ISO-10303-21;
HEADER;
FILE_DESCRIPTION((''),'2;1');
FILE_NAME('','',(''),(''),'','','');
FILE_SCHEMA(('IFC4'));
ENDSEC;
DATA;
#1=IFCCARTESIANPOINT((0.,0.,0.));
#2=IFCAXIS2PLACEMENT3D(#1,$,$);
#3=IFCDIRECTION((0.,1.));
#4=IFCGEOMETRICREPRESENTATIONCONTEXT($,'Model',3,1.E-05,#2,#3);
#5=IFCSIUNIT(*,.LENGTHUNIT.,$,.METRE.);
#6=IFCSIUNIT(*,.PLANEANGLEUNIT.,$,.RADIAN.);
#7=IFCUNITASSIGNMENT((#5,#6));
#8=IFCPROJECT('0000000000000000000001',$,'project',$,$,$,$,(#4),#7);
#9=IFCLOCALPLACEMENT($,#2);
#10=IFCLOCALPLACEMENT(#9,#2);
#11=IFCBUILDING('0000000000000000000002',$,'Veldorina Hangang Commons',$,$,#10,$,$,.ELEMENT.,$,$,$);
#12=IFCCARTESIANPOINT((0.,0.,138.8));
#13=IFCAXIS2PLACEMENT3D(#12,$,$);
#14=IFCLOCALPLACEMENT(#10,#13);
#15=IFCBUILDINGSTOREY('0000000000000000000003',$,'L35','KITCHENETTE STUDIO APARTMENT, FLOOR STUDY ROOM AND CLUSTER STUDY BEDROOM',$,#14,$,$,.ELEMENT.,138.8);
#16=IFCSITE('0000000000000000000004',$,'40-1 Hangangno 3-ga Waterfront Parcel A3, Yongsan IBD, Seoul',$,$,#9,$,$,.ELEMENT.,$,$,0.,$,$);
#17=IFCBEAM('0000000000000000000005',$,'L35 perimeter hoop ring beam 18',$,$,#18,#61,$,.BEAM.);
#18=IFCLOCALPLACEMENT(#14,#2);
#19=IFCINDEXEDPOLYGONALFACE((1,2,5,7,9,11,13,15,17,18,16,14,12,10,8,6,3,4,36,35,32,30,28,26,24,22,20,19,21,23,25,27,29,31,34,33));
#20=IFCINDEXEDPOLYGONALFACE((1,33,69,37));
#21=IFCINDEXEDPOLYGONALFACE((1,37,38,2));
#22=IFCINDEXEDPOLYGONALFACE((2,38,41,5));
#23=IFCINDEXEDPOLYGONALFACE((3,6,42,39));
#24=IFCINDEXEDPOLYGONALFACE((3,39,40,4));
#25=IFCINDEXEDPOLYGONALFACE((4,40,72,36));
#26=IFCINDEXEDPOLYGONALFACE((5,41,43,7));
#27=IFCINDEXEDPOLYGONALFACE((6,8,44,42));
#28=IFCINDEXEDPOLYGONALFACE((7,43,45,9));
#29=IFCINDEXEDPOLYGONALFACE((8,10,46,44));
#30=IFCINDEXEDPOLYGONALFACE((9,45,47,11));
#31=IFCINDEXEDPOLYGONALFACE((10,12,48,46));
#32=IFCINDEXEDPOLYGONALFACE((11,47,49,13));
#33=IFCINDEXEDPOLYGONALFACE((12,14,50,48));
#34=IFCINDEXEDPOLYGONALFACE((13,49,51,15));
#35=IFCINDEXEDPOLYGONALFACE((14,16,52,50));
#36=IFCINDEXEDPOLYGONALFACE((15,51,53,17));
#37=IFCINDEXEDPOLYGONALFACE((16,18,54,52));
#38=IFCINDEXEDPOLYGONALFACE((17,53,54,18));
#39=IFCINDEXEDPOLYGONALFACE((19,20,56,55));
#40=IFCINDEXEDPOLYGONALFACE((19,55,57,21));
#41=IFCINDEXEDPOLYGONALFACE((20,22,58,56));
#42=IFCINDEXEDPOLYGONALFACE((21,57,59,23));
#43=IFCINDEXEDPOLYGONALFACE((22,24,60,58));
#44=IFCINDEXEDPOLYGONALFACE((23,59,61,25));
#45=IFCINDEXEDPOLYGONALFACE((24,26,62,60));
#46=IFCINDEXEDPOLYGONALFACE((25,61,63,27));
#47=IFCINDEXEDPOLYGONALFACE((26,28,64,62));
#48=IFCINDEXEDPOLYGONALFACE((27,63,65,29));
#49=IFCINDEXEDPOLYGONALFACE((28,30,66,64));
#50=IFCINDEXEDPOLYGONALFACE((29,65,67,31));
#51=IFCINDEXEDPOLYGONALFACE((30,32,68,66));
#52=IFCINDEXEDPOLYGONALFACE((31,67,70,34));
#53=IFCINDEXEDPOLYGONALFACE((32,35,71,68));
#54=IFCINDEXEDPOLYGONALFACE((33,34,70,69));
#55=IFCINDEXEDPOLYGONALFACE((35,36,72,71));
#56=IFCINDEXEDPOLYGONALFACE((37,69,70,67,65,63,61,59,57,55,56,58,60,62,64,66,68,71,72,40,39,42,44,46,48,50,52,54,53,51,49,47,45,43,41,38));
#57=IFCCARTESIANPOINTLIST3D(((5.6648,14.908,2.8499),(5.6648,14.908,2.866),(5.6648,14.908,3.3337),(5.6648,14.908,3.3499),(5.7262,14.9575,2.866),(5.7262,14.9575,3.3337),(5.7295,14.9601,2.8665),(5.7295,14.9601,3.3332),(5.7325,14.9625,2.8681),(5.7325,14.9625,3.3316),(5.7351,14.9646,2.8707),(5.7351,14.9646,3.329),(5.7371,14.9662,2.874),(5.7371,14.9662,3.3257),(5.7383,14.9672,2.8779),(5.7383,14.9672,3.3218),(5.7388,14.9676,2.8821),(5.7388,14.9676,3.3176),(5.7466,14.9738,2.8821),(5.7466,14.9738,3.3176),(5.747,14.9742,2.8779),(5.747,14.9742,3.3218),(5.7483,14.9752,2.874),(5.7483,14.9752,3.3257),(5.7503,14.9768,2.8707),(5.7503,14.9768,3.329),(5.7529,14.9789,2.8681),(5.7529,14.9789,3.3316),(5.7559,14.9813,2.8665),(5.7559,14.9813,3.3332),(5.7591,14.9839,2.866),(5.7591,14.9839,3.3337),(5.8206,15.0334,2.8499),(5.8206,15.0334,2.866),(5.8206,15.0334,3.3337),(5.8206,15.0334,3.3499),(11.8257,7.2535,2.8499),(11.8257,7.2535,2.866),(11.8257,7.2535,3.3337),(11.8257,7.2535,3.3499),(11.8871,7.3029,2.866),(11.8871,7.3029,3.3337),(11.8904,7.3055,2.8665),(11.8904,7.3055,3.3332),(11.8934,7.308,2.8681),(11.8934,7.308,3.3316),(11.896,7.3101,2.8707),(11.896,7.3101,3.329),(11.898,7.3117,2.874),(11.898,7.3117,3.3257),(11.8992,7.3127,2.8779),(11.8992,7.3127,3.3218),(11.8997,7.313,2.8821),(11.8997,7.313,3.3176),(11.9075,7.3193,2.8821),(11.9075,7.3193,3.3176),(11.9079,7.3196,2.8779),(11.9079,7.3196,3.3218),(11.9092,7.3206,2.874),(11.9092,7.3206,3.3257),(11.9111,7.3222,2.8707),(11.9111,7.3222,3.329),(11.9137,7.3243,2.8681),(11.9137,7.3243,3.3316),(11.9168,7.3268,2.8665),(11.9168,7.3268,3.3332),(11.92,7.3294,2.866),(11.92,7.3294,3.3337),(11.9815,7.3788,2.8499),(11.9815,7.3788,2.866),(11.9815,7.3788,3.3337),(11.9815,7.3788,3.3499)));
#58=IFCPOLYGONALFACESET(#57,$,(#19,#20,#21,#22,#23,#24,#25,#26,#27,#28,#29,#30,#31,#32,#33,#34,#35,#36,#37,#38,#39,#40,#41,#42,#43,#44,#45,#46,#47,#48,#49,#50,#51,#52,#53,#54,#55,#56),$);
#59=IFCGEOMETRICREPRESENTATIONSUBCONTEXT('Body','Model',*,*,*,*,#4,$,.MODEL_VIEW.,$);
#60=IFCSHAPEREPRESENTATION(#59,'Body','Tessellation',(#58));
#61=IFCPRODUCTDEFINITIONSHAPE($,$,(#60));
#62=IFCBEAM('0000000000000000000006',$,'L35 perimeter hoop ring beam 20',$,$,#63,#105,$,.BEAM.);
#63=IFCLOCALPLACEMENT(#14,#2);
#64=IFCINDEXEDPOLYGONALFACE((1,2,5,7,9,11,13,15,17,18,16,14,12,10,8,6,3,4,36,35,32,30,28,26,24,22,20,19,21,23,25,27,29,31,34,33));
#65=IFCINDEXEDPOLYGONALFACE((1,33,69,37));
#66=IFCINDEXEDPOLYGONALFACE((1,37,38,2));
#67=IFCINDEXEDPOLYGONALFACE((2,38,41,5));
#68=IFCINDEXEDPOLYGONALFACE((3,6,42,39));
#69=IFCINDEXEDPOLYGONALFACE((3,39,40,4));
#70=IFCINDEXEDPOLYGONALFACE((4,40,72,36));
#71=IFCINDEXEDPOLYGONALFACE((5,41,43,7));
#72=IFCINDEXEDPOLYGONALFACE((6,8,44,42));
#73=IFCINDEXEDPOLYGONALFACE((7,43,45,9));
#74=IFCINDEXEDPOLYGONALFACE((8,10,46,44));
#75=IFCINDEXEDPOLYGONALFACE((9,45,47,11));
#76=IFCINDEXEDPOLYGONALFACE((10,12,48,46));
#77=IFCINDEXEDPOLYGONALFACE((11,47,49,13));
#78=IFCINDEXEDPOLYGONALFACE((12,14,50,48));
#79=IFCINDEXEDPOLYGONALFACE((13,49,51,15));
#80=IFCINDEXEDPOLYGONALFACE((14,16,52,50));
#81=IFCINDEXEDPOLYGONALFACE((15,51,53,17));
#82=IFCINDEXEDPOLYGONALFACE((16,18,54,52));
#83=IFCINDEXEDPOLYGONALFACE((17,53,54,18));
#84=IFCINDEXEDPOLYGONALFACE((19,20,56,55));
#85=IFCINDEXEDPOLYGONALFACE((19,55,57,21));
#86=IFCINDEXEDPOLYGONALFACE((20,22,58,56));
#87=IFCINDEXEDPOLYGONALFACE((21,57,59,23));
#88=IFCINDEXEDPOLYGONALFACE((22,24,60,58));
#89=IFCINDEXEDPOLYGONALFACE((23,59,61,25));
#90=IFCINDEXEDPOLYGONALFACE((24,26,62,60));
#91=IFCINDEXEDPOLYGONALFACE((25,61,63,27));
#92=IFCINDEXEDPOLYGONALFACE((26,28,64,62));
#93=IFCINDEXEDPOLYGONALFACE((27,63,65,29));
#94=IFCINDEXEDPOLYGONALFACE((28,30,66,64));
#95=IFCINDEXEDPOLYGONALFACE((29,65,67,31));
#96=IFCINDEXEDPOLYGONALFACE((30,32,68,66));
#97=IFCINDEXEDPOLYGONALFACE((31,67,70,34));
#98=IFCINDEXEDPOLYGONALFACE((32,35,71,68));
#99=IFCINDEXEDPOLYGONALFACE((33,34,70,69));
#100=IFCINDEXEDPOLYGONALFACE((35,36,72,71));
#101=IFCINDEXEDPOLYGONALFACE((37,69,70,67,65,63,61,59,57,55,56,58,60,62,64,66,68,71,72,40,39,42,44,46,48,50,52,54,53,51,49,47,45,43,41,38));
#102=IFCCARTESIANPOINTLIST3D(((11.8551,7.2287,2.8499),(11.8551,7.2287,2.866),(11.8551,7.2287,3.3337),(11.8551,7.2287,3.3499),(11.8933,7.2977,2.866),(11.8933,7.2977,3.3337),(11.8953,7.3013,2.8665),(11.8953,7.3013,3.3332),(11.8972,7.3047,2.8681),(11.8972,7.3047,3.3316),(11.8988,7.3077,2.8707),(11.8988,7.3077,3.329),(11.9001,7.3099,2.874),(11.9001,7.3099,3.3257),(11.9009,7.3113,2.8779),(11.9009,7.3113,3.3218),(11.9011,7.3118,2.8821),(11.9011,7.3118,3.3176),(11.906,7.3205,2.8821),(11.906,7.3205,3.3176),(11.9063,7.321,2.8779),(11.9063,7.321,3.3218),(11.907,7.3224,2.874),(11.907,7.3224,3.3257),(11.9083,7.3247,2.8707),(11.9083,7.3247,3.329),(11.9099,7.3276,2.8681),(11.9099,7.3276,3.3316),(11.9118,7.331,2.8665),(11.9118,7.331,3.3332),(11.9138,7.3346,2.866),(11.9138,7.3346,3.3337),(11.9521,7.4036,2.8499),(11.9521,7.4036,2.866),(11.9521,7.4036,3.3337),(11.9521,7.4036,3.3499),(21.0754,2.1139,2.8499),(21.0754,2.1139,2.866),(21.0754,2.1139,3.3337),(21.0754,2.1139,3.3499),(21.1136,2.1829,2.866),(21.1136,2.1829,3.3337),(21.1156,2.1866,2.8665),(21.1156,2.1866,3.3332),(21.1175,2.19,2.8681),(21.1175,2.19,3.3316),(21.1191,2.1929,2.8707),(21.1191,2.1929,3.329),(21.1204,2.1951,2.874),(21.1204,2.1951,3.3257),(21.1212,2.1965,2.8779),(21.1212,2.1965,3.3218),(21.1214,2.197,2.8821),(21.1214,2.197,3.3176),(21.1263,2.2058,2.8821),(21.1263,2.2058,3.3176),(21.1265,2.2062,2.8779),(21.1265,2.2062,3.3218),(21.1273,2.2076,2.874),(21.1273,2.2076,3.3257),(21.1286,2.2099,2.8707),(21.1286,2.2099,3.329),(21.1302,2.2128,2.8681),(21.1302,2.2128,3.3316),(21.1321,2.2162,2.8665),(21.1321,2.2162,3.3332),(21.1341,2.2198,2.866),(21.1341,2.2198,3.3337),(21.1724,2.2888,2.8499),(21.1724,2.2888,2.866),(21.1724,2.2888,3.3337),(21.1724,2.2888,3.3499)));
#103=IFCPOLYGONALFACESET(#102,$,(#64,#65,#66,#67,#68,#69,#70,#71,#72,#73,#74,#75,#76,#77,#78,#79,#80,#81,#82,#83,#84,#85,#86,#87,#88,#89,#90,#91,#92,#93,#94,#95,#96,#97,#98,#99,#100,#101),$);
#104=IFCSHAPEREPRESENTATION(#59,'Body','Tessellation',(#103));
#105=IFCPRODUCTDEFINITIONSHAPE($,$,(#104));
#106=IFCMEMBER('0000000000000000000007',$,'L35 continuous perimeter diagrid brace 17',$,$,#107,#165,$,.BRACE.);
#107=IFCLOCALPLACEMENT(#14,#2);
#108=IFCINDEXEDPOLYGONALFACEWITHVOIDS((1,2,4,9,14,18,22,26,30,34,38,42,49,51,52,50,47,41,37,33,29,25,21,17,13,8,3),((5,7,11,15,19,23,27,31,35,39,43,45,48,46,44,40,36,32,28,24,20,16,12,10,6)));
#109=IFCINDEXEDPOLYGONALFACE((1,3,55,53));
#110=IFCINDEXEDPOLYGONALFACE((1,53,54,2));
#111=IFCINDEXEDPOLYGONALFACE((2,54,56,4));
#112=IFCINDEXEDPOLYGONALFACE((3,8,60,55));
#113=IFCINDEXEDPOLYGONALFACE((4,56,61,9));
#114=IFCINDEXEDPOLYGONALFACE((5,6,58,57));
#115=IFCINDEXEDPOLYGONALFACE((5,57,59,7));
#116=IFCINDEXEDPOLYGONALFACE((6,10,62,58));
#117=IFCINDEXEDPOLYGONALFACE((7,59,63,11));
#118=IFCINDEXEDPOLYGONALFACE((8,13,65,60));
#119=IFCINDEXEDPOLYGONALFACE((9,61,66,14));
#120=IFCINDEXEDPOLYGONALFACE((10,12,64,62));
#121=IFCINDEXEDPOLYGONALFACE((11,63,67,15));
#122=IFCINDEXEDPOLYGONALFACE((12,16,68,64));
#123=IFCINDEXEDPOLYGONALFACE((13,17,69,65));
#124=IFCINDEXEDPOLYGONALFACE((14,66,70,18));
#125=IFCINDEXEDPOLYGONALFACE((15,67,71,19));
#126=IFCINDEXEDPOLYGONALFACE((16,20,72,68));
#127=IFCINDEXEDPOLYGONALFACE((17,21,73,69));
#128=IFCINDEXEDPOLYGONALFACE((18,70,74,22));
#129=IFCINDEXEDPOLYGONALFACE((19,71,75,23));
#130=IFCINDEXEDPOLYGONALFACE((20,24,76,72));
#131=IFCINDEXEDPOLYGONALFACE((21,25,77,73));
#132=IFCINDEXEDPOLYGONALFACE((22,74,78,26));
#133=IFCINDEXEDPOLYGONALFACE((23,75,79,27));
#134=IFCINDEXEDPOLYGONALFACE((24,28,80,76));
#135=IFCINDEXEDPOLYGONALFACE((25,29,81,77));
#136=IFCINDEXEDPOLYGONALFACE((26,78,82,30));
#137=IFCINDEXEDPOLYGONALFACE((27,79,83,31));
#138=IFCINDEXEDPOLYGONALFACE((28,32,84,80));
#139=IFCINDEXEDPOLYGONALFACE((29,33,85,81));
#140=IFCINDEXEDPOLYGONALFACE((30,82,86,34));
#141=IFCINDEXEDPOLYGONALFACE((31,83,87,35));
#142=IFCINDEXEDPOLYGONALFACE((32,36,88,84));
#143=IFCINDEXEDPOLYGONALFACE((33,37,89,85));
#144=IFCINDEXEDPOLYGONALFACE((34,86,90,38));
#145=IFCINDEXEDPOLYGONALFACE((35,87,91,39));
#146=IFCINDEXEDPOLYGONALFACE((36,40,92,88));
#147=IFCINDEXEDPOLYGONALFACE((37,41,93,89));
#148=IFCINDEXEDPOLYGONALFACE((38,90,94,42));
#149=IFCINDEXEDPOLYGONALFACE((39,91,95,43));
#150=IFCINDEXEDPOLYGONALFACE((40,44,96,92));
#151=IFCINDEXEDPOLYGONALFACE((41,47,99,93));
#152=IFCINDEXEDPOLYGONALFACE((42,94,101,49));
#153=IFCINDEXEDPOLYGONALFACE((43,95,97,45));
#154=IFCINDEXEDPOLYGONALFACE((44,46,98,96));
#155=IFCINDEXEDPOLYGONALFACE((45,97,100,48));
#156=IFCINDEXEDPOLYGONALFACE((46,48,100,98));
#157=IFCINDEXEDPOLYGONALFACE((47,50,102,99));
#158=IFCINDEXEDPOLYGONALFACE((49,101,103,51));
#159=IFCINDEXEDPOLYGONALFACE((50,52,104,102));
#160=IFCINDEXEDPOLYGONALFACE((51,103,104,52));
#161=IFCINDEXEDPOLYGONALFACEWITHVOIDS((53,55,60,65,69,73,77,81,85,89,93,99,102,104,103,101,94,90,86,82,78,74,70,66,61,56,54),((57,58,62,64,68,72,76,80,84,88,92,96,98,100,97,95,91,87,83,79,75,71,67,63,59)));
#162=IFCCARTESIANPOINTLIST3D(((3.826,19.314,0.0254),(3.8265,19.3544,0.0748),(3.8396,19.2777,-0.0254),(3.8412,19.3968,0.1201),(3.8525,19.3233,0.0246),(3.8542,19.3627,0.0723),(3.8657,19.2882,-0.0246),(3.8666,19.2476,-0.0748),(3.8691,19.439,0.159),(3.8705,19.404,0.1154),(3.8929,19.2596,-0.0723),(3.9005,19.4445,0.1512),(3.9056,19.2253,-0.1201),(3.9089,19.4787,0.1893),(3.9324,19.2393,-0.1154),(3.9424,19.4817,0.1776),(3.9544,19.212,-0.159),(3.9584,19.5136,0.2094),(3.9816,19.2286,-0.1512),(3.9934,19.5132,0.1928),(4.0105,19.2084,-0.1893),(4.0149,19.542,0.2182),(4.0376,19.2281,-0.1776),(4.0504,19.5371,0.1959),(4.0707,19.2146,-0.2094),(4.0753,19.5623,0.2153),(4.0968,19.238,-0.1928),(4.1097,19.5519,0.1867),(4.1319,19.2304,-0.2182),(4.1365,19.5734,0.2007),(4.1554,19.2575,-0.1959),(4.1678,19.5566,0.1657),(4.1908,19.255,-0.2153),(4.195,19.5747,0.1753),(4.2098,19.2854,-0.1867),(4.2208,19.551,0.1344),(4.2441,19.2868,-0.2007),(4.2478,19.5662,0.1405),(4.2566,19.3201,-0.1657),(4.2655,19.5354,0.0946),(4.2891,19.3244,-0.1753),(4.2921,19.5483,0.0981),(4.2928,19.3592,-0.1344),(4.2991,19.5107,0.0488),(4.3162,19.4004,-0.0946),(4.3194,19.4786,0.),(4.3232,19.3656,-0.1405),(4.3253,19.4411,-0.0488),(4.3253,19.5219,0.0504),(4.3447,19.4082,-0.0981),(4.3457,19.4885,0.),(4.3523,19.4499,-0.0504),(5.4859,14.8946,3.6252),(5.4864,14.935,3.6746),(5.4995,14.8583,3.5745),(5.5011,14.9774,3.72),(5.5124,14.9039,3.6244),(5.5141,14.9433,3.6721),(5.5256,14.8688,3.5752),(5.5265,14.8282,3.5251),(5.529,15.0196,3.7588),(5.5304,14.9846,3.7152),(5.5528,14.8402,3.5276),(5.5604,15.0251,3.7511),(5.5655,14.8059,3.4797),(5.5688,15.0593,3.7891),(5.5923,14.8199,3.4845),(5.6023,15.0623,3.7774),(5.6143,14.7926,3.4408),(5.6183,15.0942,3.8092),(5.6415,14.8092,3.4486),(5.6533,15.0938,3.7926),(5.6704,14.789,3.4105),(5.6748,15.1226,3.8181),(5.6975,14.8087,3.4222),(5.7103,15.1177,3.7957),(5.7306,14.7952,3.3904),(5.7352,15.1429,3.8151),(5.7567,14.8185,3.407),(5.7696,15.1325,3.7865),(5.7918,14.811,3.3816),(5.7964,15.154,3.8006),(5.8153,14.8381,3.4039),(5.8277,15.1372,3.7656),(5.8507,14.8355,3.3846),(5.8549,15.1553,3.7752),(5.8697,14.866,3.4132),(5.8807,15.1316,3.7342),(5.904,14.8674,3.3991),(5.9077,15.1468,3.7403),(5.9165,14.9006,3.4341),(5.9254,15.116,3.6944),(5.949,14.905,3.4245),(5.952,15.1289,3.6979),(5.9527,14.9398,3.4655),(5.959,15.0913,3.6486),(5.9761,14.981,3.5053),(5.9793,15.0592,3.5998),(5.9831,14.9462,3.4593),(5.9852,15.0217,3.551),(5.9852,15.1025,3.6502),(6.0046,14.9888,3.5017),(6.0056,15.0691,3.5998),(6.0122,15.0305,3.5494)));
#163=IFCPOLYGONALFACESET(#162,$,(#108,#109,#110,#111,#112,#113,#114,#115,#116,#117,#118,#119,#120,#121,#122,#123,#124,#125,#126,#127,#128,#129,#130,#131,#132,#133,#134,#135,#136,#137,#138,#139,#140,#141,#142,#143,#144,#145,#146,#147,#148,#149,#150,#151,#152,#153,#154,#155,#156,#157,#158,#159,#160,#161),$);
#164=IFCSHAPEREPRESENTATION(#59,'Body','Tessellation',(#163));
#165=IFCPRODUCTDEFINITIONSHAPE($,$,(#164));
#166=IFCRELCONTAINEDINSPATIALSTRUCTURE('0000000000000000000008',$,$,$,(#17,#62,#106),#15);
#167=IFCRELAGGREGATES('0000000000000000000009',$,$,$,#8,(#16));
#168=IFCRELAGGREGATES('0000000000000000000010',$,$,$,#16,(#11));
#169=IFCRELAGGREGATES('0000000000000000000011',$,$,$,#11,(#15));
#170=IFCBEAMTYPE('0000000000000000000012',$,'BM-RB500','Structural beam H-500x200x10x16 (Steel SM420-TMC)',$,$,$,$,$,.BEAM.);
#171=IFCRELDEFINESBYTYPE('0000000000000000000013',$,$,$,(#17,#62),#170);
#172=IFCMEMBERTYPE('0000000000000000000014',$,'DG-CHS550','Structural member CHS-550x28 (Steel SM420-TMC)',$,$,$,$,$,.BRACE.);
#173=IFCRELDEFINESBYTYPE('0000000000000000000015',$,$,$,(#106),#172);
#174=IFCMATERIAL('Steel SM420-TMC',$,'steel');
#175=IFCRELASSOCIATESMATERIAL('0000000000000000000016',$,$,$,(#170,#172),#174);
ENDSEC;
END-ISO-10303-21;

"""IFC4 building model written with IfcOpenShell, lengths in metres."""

from ifc_helpers import new_model, si_unit, direction, frame, origin, origin_2d, place, context, subcontext, project, spatial, hollow_circle, i_section, extrude, material, material_profile, profile_set, type_object, element, save


model = new_model("IFC4")

# Units and contexts
model_context = context("Model", 3, precision=1e-05, world=origin(), true_north=direction((0.0, 1.0)))
body_context = subcontext(model_context, "Body", "Model", "MODEL_VIEW")
ifc_project = project(units=[si_unit("LENGTHUNIT", "METRE"), si_unit("PLANEANGLEUNIT", "RADIAN")], contexts=[model_context])

# Site, building, storey
site_placement = place(None, origin())
site = spatial("IfcSite", under=ifc_project, at=site_placement, Name="40-1 Hangangno 3-ga Waterfront Parcel A3, Yongsan IBD, Seoul", CompositionType="ELEMENT", RefElevation=0.0)
building_placement = place(site_placement, origin())
building = spatial("IfcBuilding", under=site, at=building_placement, Name="Veldorina Hangang Commons", CompositionType="ELEMENT")
storey_placement = place(building_placement, frame((0.0, 0.0, 138.8)))
storey = spatial("IfcBuildingStorey", under=building, at=storey_placement, Name="L35", Description="KITCHENETTE STUDIO APARTMENT, FLOOR STUDY ROOM AND CLUSTER STUDY BEDROOM", CompositionType="ELEMENT", Elevation=138.8)

# Beams
ifc_material_1 = material(Name="Steel SM420-TMC", Category="steel")
ifc_material_profile_1 = material_profile(ifc_material_1, i_section(OverallWidth=0.2, OverallDepth=0.5, WebThickness=0.01, FlangeThickness=0.0161, FilletRadius=0.0161, at=origin_2d()), Name="H-500x200x10x16")
ifc_profile_set_1 = profile_set([ifc_material_profile_1], Name="Steel SM420-TMC")
beam_type = type_object("IfcBeamType", Name="BM-RB500", Description="Structural beam H-500x200x10x16 (Steel SM420-TMC)", PredefinedType="BEAM", material=ifc_profile_set_1)
beam_1_placement = place(storey_placement, frame((5.7427, 14.9707, 3.0999), z_axis=(0.627004, -0.779016, 0.0), x_axis=(0.779016, 0.627004, 0.0)))
element("IfcBeam", 1, at=beam_1_placement, inside=storey, type_object=beam_type, Name="L35 perimeter hoop ring beam 18", PredefinedType="BEAM", context=body_context, shape_type="SweptSolid", body=[
    extrude(i_section(OverallWidth=0.2, OverallDepth=0.5, WebThickness=0.01, FlangeThickness=0.0161, FilletRadius=0.0161, at=origin_2d()), origin(), (0.0, 0.0, 1.0), 9.8259),
])
beam_2_placement = place(storey_placement, frame((11.9036, 7.3162, 3.0999), z_axis=(0.874463, -0.485092, 0.0), x_axis=(0.485092, 0.874463, 0.0)))
element("IfcBeam", 2, at=beam_2_placement, inside=storey, type_object=beam_type, Name="L35 perimeter hoop ring beam 20", PredefinedType="BEAM", context=body_context, shape_type="SweptSolid", body=[
    extrude(i_section(OverallWidth=0.2, OverallDepth=0.5, WebThickness=0.01, FlangeThickness=0.0161, FilletRadius=0.0161, at=origin_2d()), origin(), (0.0, 0.0, 1.0), 10.5439),
])

# Member
ifc_material_profile_2 = material_profile(ifc_material_1, hollow_circle(Radius=0.2749, WallThickness=0.0281, at=origin_2d()), Name="CHS-550x28")
ifc_profile_set_2 = profile_set([ifc_material_profile_2], Name="Steel SM420-TMC")
member_type = type_object("IfcMemberType", Name="DG-CHS550", Description="Structural member CHS-550x28 (Steel SM420-TMC)", PredefinedType="BRACE", material=ifc_profile_set_2)
member_1_placement = place(storey_placement, frame((4.0884, 19.3918, 0.0), z_axis=(0.279597, -0.744413, 0.606362), x_axis=(0.936146, 0.351611, 0.0)))
element("IfcMember", 3, at=member_1_placement, inside=storey, type_object=member_type, Name="L35 continuous perimeter diagrid brace 17", PredefinedType="BRACE", context=body_context, shape_type="SweptSolid", body=[
    extrude(hollow_circle(Radius=0.2749, WallThickness=0.0281, at=origin_2d()), origin(), (0.0, 0.0, 1.0), 5.9368),
])

save(model, "model.ifc")
